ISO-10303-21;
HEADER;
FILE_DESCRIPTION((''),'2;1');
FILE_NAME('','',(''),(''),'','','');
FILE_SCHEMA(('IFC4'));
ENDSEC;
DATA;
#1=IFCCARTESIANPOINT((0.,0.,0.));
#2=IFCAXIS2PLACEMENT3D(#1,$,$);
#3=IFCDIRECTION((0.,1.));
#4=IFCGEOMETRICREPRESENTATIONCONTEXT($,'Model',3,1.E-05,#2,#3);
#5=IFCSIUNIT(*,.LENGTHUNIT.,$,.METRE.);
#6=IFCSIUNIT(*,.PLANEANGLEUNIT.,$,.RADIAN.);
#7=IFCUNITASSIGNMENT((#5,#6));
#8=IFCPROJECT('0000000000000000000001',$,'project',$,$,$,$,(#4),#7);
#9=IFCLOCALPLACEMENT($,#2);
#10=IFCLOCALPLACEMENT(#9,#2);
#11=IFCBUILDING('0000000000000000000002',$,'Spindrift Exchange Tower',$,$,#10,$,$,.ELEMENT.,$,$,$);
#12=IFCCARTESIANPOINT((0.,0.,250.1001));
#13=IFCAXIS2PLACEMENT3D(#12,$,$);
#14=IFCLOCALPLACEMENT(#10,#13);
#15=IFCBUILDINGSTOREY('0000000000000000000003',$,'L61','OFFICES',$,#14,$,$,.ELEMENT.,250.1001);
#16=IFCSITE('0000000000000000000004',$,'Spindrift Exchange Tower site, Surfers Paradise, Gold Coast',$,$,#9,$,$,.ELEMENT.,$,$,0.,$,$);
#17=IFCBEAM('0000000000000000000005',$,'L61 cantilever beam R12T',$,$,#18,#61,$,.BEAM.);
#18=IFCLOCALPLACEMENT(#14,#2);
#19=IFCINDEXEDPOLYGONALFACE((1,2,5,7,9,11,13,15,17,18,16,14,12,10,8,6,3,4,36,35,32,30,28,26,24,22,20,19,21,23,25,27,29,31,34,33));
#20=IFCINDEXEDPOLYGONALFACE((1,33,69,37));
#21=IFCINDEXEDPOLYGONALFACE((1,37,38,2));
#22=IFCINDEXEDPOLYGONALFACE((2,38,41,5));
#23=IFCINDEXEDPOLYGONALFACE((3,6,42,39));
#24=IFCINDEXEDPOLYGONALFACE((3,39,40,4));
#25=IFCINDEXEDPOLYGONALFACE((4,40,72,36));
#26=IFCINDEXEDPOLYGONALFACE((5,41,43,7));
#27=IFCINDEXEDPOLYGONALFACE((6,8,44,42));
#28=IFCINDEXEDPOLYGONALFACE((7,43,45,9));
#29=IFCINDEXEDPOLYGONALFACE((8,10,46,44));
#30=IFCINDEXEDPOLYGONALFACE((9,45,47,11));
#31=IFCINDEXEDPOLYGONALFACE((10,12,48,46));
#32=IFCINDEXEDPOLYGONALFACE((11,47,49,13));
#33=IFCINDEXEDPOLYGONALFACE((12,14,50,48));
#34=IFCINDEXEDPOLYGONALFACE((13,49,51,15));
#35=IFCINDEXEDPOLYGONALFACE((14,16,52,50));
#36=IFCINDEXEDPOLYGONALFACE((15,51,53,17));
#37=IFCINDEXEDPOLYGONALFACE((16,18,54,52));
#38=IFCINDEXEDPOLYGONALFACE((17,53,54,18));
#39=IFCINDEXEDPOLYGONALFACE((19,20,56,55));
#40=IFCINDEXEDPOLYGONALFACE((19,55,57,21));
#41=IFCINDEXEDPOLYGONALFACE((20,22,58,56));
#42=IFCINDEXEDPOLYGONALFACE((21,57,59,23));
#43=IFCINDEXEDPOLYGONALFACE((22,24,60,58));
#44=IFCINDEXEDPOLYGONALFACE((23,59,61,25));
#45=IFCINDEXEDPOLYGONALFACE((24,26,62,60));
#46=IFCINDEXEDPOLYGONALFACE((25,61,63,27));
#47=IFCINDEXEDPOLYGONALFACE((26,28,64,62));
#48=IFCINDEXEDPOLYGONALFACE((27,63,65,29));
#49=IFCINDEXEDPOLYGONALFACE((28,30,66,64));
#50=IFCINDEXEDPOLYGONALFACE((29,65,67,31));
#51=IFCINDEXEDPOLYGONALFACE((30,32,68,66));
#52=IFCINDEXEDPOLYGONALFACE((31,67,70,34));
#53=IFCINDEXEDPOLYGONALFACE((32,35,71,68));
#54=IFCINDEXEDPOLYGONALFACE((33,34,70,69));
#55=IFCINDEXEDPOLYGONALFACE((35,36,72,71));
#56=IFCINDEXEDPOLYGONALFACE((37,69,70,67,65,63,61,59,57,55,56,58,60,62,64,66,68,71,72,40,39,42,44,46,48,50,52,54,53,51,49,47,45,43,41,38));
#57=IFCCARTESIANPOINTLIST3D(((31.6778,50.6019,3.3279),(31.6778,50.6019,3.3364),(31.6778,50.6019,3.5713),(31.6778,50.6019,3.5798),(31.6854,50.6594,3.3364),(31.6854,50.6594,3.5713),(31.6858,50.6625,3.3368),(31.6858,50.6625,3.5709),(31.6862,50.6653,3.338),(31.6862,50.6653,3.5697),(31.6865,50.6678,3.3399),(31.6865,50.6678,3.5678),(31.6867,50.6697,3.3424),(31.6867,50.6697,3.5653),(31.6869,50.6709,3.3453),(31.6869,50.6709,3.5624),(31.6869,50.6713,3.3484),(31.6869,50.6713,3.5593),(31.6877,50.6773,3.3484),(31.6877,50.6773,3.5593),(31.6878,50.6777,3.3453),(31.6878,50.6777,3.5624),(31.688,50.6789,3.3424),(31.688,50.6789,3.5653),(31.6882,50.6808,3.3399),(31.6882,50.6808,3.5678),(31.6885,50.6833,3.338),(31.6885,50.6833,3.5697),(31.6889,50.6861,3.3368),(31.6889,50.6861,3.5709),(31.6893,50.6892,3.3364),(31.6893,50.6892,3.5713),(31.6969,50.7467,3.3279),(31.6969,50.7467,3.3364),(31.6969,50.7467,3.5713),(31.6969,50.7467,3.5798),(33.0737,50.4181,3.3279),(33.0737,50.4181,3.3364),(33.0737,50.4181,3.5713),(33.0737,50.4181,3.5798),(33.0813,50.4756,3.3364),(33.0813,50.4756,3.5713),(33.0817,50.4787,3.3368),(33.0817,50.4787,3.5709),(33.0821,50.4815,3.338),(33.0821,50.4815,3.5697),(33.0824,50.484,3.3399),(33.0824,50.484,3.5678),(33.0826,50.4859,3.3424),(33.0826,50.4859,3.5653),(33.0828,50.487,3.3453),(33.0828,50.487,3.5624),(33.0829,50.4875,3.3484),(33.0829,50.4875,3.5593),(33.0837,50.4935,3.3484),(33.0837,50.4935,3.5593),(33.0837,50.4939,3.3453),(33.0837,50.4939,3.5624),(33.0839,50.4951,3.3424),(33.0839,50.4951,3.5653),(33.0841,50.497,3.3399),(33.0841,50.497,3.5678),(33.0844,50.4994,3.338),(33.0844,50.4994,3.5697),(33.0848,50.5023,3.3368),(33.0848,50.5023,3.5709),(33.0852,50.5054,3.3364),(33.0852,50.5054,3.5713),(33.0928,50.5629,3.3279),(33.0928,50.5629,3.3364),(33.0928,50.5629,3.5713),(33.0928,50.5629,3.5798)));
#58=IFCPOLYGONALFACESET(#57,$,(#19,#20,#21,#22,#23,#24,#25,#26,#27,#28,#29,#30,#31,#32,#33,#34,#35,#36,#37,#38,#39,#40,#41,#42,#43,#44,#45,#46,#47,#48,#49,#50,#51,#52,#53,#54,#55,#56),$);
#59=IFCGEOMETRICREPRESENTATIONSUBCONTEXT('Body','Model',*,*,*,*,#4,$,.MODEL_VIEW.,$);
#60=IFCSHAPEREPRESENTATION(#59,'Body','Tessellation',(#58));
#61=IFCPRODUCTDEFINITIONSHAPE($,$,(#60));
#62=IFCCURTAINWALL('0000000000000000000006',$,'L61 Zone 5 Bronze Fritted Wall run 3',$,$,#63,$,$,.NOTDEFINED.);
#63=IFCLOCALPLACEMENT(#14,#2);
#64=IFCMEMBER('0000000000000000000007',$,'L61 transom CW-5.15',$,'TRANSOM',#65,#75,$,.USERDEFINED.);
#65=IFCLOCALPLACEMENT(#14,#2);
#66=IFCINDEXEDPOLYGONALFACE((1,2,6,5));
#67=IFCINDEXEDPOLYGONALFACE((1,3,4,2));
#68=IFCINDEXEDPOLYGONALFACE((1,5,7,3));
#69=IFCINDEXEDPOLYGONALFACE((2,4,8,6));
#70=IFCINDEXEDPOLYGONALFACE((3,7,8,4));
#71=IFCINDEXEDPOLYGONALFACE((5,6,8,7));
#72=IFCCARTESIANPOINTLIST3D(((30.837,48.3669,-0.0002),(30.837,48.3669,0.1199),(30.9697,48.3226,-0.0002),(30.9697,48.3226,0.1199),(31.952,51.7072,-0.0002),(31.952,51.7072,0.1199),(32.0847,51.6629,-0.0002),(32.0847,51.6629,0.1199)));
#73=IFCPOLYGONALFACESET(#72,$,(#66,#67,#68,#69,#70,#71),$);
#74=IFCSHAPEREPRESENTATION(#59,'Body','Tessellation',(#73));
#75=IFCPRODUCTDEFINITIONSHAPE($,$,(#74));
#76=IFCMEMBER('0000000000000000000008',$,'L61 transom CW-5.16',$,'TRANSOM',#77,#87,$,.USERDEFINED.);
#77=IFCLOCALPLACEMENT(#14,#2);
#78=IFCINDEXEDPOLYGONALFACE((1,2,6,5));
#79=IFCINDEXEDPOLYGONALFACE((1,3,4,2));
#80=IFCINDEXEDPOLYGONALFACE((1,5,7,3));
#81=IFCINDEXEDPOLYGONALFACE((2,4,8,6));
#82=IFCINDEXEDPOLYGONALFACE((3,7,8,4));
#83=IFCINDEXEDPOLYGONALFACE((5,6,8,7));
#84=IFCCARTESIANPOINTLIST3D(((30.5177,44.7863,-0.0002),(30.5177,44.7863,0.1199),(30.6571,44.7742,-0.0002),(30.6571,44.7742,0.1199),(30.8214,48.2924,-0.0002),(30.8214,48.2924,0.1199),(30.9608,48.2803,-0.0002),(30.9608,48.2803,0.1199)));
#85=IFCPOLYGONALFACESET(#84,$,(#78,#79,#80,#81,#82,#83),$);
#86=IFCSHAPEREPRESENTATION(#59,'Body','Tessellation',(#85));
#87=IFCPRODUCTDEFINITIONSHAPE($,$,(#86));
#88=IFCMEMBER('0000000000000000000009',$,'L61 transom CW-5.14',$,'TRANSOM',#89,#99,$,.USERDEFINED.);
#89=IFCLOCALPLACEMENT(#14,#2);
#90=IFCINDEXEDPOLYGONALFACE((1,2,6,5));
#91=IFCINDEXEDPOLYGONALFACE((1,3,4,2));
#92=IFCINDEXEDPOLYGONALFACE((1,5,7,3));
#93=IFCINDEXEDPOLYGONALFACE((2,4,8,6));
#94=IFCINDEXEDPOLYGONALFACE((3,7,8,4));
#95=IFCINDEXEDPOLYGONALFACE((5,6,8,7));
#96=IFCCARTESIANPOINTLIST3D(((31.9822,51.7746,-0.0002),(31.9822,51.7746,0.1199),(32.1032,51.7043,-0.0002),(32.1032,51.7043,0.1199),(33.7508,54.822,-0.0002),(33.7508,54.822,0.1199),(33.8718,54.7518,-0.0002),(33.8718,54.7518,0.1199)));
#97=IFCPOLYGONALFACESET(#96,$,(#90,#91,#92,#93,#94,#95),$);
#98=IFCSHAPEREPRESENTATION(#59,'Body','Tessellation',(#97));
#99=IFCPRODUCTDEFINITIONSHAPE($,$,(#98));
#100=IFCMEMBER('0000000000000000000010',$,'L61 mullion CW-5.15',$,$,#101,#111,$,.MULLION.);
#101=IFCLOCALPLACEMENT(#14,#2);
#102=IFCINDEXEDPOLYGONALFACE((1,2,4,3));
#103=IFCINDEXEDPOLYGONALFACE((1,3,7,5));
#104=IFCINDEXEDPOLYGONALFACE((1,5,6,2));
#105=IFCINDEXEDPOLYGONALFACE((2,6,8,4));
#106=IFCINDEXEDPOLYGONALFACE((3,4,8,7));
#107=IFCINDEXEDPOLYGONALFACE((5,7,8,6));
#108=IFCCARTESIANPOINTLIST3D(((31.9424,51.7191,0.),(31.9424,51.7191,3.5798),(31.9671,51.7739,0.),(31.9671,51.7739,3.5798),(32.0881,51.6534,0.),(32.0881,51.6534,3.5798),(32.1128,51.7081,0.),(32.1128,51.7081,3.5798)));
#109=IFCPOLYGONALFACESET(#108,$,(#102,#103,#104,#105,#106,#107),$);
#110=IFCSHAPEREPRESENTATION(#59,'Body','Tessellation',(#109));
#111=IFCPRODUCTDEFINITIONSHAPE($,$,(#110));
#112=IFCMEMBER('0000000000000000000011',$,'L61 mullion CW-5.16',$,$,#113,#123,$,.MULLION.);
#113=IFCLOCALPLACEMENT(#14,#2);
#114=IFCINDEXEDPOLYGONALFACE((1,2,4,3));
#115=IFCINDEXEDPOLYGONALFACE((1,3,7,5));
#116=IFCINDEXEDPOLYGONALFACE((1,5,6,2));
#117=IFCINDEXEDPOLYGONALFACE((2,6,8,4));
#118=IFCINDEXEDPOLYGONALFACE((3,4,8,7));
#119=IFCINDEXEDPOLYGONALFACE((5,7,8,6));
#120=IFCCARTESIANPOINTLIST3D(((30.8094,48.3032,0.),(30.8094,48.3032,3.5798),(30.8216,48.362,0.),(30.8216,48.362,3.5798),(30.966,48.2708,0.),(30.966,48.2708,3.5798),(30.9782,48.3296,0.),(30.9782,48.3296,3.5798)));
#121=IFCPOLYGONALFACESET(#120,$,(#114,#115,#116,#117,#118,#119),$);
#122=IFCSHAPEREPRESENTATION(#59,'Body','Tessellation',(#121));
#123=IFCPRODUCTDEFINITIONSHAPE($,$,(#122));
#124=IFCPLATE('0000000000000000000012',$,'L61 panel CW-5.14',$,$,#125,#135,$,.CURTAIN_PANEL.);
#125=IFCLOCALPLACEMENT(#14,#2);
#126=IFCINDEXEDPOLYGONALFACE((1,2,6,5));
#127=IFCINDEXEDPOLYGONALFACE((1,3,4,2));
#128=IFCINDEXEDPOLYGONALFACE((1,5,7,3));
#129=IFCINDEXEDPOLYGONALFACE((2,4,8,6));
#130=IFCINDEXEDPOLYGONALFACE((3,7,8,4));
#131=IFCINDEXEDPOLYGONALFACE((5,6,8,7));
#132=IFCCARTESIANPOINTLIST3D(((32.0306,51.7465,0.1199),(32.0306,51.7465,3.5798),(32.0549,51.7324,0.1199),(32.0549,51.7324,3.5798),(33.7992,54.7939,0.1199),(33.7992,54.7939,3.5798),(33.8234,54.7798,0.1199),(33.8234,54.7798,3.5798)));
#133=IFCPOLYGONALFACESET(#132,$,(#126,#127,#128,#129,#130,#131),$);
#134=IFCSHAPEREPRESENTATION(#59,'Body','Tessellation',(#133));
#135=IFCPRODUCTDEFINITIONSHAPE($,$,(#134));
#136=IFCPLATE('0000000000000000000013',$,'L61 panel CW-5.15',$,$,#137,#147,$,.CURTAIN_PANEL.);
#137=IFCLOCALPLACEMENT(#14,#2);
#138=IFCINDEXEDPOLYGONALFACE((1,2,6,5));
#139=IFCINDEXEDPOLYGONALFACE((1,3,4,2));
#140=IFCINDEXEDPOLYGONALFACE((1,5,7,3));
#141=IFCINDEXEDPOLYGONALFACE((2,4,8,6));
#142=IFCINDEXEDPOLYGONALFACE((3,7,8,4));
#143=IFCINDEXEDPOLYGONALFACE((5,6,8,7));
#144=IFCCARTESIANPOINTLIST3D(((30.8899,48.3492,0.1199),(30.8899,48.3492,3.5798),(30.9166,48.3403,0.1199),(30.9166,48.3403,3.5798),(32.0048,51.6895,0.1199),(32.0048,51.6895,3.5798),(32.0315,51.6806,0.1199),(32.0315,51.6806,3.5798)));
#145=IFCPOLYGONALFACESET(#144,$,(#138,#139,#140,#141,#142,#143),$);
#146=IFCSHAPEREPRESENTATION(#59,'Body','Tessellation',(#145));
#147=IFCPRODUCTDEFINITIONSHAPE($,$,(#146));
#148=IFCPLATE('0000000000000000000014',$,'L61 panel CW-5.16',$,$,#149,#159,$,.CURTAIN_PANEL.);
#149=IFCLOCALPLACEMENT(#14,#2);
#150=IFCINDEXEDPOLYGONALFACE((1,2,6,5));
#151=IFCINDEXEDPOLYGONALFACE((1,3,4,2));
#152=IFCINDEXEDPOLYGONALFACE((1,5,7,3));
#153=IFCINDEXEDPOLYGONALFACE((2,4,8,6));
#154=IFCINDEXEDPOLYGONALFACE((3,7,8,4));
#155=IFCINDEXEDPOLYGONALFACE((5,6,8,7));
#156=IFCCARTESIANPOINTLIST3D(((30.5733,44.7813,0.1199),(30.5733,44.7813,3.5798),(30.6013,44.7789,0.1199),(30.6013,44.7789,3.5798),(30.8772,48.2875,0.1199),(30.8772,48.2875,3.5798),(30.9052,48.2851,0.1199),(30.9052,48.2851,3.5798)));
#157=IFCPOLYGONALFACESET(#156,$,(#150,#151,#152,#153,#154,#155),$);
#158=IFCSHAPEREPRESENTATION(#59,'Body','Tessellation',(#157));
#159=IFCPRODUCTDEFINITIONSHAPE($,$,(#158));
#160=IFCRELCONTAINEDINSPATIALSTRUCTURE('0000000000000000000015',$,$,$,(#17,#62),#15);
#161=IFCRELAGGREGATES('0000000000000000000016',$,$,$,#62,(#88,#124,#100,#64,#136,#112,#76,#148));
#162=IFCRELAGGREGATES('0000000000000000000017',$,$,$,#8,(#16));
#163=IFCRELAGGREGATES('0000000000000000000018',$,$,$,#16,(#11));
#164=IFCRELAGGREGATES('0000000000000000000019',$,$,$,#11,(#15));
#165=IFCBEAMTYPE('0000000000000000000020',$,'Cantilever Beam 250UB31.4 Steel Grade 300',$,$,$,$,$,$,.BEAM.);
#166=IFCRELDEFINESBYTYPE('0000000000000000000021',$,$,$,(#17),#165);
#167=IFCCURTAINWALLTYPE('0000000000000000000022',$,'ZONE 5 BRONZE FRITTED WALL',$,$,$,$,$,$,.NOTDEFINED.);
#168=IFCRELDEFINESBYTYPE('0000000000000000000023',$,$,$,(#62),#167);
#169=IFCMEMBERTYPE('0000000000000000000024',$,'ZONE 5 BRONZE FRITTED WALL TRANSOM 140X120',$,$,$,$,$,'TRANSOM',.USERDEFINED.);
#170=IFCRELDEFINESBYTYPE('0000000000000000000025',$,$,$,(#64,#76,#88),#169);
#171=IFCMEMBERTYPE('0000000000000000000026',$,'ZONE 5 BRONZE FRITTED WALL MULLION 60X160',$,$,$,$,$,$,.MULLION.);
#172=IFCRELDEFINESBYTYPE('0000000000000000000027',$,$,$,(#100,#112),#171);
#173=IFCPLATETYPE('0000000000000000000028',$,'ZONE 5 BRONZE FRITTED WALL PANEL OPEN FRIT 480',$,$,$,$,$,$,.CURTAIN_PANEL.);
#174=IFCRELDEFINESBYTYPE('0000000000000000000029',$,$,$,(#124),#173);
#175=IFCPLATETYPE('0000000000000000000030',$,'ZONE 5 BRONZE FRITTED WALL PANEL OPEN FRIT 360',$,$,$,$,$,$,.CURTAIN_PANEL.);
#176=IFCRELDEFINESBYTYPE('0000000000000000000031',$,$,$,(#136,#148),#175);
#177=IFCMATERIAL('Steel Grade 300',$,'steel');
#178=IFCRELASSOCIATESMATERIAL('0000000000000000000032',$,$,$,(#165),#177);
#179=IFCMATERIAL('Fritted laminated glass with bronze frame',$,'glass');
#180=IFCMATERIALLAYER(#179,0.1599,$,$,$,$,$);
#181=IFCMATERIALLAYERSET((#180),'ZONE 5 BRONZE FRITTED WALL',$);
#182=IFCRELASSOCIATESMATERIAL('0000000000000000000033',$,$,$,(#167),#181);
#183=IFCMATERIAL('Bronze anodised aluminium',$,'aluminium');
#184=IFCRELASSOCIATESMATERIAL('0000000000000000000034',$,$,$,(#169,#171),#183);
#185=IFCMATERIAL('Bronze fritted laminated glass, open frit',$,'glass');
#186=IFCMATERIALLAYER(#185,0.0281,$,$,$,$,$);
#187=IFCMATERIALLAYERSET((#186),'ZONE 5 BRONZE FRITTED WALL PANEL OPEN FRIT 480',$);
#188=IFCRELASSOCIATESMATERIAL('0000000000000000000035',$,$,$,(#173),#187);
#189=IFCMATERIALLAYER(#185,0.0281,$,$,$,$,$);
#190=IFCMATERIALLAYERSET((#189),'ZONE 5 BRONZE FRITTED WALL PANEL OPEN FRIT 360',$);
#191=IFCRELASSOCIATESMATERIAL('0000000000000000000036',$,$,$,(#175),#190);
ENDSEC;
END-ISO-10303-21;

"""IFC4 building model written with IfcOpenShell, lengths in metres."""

from ifc_helpers import new_model, si_unit, direction, frame, origin, origin_2d, place, context, subcontext, project, spatial, rectangle, i_section, extrude, source, transform, mapped, material, layer, layer_set, material_profile, profile_set, type_object, element, aggregate, save


model = new_model("IFC4")

# Units and contexts
model_context = context("Model", 3, precision=1e-05, world=origin(), true_north=direction((0.0, 1.0)))
body_context = subcontext(model_context, "Body", "Model", "MODEL_VIEW")
ifc_project = project(units=[si_unit("LENGTHUNIT", "METRE"), si_unit("PLANEANGLEUNIT", "RADIAN")], contexts=[model_context])

# Site, building, storey
site_placement = place(None, origin())
site = spatial("IfcSite", under=ifc_project, at=site_placement, Name="Spindrift Exchange Tower site, Surfers Paradise, Gold Coast", CompositionType="ELEMENT", RefElevation=0.0)
building_placement = place(site_placement, origin())
building = spatial("IfcBuilding", under=site, at=building_placement, Name="Spindrift Exchange Tower", CompositionType="ELEMENT")
storey_placement = place(building_placement, frame((0.0, 0.0, 250.1001)))
storey = spatial("IfcBuildingStorey", under=building, at=storey_placement, Name="L61", Description="OFFICES", CompositionType="ELEMENT", Elevation=250.1001)

# Beam
ifc_material_1 = material(Name="Steel Grade 300", Category="steel")
ifc_material_profile_1 = material_profile(ifc_material_1, i_section(OverallWidth=0.146, OverallDepth=0.252, WebThickness=0.0061, FlangeThickness=0.0085, FilletRadius=0.012, at=origin_2d()), Name="250UB31.4")
ifc_profile_set_1 = profile_set([ifc_material_profile_1], Name="Steel Grade 300")
beam_type_1 = type_object("IfcBeamType", Name="Cantilever Beam 250UB31.4 Steel Grade 300", PredefinedType="BEAM", material=ifc_profile_set_1)
shared_shape_1 = source(origin(), body_context, "Body", "SweptSolid", [
    extrude(i_section(OverallWidth=0.146, OverallDepth=0.252, WebThickness=0.0061, FlangeThickness=0.0085, FilletRadius=0.012, at=origin_2d()), origin(), (0.0, 0.0, 1.0), 1.408),
])
beam_1_placement = place(storey_placement, frame((33.0833, 50.4905, 3.4539), z_axis=(-0.99144, 0.130562, 0.0), x_axis=(-0.130562, -0.99144, 0.0)))
element("IfcBeam", 1, at=beam_1_placement, inside=storey, type_object=beam_type_1, Name="L61 cantilever beam R12T", PredefinedType="BEAM", context=body_context, shape_type="MappedRepresentation", body=[
    mapped(shared_shape_1, transform((0.0, 0.0, 0.0), scale=1.0)),
])

# Curtain wall, members, plates
ifc_material_2 = material(Name="Fritted laminated glass with bronze frame", Category="glass")
ifc_layer_1 = layer(ifc_material_2, 0.1599)
ifc_layer_set_1 = layer_set([ifc_layer_1], Name="ZONE 5 BRONZE FRITTED WALL")
curtain_wall_type = type_object("IfcCurtainWallType", Name="ZONE 5 BRONZE FRITTED WALL", PredefinedType="NOTDEFINED", material=ifc_layer_set_1)
curtain_wall_placement = place(storey_placement, origin())
curtain_wall = element("IfcCurtainWall", 2, at=curtain_wall_placement, inside=storey, type_object=curtain_wall_type, Name="L61 Zone 5 Bronze Fritted Wall run 3", PredefinedType="NOTDEFINED")
ifc_material_3 = material(Name="Bronze anodised aluminium", Category="aluminium")
ifc_material_profile_2 = material_profile(ifc_material_3, rectangle(XDim=0.1399, YDim=0.1201, at=origin_2d()), Name="ZONE 5 BRONZE FRITTED WALL TRANSOM 140X120")
ifc_profile_set_2 = profile_set([ifc_material_profile_2], Name="Bronze anodised aluminium")
member_type_1 = type_object("IfcMemberType", Name="ZONE 5 BRONZE FRITTED WALL TRANSOM 140X120", ElementType="TRANSOM", PredefinedType="USERDEFINED", material=ifc_profile_set_2)
shared_shape_2 = source(origin(), body_context, "Body", "SweptSolid", [
    extrude(rectangle(XDim=0.1399, YDim=0.1201, at=origin_2d()), origin(), (0.0, 0.0, 1.0), 3.5215),
])
member_1_placement = place(storey_placement, frame((32.0183, 51.6851, 0.0598), z_axis=(-0.316623, -0.948551, 0.0), x_axis=(0.948551, -0.316623, 0.0)))
member_1 = element("IfcMember", 3, at=member_1_placement, type_object=member_type_1, Name="L61 transom CW-5.15", ObjectType="TRANSOM", PredefinedType="USERDEFINED", context=body_context, shape_type="MappedRepresentation", body=[
    mapped(shared_shape_2, transform((0.0, 0.0, 0.0), scale=1.0)),
])
shared_shape_3 = source(origin(), body_context, "Body", "SweptSolid", [
    extrude(rectangle(XDim=0.1399, YDim=0.1201, at=origin_2d()), origin(), (0.0, 0.0, 1.0), 3.5193),
])
member_2_placement = place(storey_placement, frame((30.8911, 48.2864, 0.0598), z_axis=(-0.0863, -0.996269, 0.0), x_axis=(0.996269, -0.0863, 0.0)))
member_2 = element("IfcMember", 4, at=member_2_placement, type_object=member_type_1, Name="L61 transom CW-5.16", ObjectType="TRANSOM", PredefinedType="USERDEFINED", context=body_context, shape_type="MappedRepresentation", body=[
    mapped(shared_shape_3, transform((0.0, 0.0, 0.0), scale=1.0)),
])
shared_shape_4 = source(origin(), body_context, "Body", "SweptSolid", [
    extrude(rectangle(XDim=0.1399, YDim=0.1201, at=origin_2d()), origin(), (0.0, 0.0, 1.0), 3.5234),
])
member_3_placement = place(storey_placement, frame((33.8113, 54.7869, 0.0598), z_axis=(-0.501948, -0.864898, 0.0), x_axis=(0.864898, -0.501948, 0.0)))
member_3 = element("IfcMember", 5, at=member_3_placement, type_object=member_type_1, Name="L61 transom CW-5.14", ObjectType="TRANSOM", PredefinedType="USERDEFINED", context=body_context, shape_type="MappedRepresentation", body=[
    mapped(shared_shape_4, transform((0.0, 0.0, 0.0), scale=1.0)),
])
ifc_material_profile_3 = material_profile(ifc_material_3, rectangle(XDim=0.0601, YDim=0.1599, at=origin_2d()), Name="ZONE 5 BRONZE FRITTED WALL MULLION 60X160")
ifc_profile_set_3 = profile_set([ifc_material_profile_3], Name="Bronze anodised aluminium")
member_type_2 = type_object("IfcMemberType", Name="ZONE 5 BRONZE FRITTED WALL MULLION 60X160", PredefinedType="MULLION", material=ifc_profile_set_3)
shared_shape_5 = source(origin(), body_context, "Body", "SweptSolid", [
    extrude(rectangle(XDim=0.0601, YDim=0.1599, at=origin_2d()), origin(), (0.0, 0.0, 1.0), 3.5798),
])
member_4_placement = place(storey_placement, frame((32.0276, 51.7136, 0.0), z_axis=(0.0, 0.0, 1.0), x_axis=(-0.411405, -0.911453, 0.0)))
member_4 = element("IfcMember", 6, at=member_4_placement, type_object=member_type_2, Name="L61 mullion CW-5.15", PredefinedType="MULLION", context=body_context, shape_type="MappedRepresentation", body=[
    mapped(shared_shape_5, transform((0.0, 0.0, 0.0), scale=1.0)),
])
member_5_placement = place(storey_placement, frame((30.8938, 48.3164, 0.0), z_axis=(0.0, 0.0, 1.0), x_axis=(-0.202884, -0.979203, 0.0)))
member_5 = element("IfcMember", 7, at=member_5_placement, type_object=member_type_2, Name="L61 mullion CW-5.16", PredefinedType="MULLION", context=body_context, shape_type="MappedRepresentation", body=[
    mapped(shared_shape_5, transform((0.0, 0.0, 0.0), scale=1.0)),
])
ifc_material_4 = material(Name="Bronze fritted laminated glass, open frit", Category="glass")
ifc_layer_2 = layer(ifc_material_4, 0.0281)
ifc_layer_set_2 = layer_set([ifc_layer_2], Name="ZONE 5 BRONZE FRITTED WALL PANEL OPEN FRIT 480")
plate_type_1 = type_object("IfcPlateType", Name="ZONE 5 BRONZE FRITTED WALL PANEL OPEN FRIT 480", PredefinedType="CURTAIN_PANEL", material=ifc_layer_set_2)
shared_shape_6 = source(origin(), body_context, "Body", "SweptSolid", [
    extrude(rectangle(XDim=3.5234, YDim=0.0281, at=origin_2d()), origin(), (0.0, 0.0, 1.0), 3.46),
])
plate_1_placement = place(storey_placement, frame((32.927, 53.2632, 0.1199), z_axis=(0.0, 0.0, 1.0), x_axis=(-0.501949, -0.864897, 0.0)))
plate_1 = element("IfcPlate", 8, at=plate_1_placement, type_object=plate_type_1, Name="L61 panel CW-5.14", PredefinedType="CURTAIN_PANEL", context=body_context, shape_type="MappedRepresentation", body=[
    mapped(shared_shape_6, transform((0.0, 0.0, 0.0), scale=1.0)),
])
ifc_layer_3 = layer(ifc_material_4, 0.0281)
ifc_layer_set_3 = layer_set([ifc_layer_3], Name="ZONE 5 BRONZE FRITTED WALL PANEL OPEN FRIT 360")
plate_type_2 = type_object("IfcPlateType", Name="ZONE 5 BRONZE FRITTED WALL PANEL OPEN FRIT 360", PredefinedType="CURTAIN_PANEL", material=ifc_layer_set_3)
shared_shape_7 = source(origin(), body_context, "Body", "SweptSolid", [
    extrude(rectangle(XDim=3.5215, YDim=0.0281, at=origin_2d()), origin(), (0.0, 0.0, 1.0), 3.46),
])
plate_2_placement = place(storey_placement, frame((31.4607, 50.0149, 0.1199), z_axis=(0.0, 0.0, 1.0), x_axis=(-0.316596, -0.94856, 0.0)))
plate_2 = element("IfcPlate", 9, at=plate_2_placement, type_object=plate_type_2, Name="L61 panel CW-5.15", PredefinedType="CURTAIN_PANEL", context=body_context, shape_type="MappedRepresentation", body=[
    mapped(shared_shape_7, transform((0.0, 0.0, 0.0), scale=1.0)),
])
shared_shape_8 = source(origin(), body_context, "Body", "SweptSolid", [
    extrude(rectangle(XDim=3.5193, YDim=0.0281, at=origin_2d()), origin(), (0.0, 0.0, 1.0), 3.46),
])
plate_3_placement = place(storey_placement, frame((30.7393, 46.5332, 0.1199), z_axis=(0.0, 0.0, 1.0), x_axis=(-0.086358, -0.996264, 0.0)))
plate_3 = element("IfcPlate", 10, at=plate_3_placement, type_object=plate_type_2, Name="L61 panel CW-5.16", PredefinedType="CURTAIN_PANEL", context=body_context, shape_type="MappedRepresentation", body=[
    mapped(shared_shape_8, transform((0.0, 0.0, 0.0), scale=1.0)),
])
aggregate(curtain_wall, [member_3, plate_1, member_4, member_1, plate_2, member_5, member_2, plate_3])

save(model, "model.ifc")
